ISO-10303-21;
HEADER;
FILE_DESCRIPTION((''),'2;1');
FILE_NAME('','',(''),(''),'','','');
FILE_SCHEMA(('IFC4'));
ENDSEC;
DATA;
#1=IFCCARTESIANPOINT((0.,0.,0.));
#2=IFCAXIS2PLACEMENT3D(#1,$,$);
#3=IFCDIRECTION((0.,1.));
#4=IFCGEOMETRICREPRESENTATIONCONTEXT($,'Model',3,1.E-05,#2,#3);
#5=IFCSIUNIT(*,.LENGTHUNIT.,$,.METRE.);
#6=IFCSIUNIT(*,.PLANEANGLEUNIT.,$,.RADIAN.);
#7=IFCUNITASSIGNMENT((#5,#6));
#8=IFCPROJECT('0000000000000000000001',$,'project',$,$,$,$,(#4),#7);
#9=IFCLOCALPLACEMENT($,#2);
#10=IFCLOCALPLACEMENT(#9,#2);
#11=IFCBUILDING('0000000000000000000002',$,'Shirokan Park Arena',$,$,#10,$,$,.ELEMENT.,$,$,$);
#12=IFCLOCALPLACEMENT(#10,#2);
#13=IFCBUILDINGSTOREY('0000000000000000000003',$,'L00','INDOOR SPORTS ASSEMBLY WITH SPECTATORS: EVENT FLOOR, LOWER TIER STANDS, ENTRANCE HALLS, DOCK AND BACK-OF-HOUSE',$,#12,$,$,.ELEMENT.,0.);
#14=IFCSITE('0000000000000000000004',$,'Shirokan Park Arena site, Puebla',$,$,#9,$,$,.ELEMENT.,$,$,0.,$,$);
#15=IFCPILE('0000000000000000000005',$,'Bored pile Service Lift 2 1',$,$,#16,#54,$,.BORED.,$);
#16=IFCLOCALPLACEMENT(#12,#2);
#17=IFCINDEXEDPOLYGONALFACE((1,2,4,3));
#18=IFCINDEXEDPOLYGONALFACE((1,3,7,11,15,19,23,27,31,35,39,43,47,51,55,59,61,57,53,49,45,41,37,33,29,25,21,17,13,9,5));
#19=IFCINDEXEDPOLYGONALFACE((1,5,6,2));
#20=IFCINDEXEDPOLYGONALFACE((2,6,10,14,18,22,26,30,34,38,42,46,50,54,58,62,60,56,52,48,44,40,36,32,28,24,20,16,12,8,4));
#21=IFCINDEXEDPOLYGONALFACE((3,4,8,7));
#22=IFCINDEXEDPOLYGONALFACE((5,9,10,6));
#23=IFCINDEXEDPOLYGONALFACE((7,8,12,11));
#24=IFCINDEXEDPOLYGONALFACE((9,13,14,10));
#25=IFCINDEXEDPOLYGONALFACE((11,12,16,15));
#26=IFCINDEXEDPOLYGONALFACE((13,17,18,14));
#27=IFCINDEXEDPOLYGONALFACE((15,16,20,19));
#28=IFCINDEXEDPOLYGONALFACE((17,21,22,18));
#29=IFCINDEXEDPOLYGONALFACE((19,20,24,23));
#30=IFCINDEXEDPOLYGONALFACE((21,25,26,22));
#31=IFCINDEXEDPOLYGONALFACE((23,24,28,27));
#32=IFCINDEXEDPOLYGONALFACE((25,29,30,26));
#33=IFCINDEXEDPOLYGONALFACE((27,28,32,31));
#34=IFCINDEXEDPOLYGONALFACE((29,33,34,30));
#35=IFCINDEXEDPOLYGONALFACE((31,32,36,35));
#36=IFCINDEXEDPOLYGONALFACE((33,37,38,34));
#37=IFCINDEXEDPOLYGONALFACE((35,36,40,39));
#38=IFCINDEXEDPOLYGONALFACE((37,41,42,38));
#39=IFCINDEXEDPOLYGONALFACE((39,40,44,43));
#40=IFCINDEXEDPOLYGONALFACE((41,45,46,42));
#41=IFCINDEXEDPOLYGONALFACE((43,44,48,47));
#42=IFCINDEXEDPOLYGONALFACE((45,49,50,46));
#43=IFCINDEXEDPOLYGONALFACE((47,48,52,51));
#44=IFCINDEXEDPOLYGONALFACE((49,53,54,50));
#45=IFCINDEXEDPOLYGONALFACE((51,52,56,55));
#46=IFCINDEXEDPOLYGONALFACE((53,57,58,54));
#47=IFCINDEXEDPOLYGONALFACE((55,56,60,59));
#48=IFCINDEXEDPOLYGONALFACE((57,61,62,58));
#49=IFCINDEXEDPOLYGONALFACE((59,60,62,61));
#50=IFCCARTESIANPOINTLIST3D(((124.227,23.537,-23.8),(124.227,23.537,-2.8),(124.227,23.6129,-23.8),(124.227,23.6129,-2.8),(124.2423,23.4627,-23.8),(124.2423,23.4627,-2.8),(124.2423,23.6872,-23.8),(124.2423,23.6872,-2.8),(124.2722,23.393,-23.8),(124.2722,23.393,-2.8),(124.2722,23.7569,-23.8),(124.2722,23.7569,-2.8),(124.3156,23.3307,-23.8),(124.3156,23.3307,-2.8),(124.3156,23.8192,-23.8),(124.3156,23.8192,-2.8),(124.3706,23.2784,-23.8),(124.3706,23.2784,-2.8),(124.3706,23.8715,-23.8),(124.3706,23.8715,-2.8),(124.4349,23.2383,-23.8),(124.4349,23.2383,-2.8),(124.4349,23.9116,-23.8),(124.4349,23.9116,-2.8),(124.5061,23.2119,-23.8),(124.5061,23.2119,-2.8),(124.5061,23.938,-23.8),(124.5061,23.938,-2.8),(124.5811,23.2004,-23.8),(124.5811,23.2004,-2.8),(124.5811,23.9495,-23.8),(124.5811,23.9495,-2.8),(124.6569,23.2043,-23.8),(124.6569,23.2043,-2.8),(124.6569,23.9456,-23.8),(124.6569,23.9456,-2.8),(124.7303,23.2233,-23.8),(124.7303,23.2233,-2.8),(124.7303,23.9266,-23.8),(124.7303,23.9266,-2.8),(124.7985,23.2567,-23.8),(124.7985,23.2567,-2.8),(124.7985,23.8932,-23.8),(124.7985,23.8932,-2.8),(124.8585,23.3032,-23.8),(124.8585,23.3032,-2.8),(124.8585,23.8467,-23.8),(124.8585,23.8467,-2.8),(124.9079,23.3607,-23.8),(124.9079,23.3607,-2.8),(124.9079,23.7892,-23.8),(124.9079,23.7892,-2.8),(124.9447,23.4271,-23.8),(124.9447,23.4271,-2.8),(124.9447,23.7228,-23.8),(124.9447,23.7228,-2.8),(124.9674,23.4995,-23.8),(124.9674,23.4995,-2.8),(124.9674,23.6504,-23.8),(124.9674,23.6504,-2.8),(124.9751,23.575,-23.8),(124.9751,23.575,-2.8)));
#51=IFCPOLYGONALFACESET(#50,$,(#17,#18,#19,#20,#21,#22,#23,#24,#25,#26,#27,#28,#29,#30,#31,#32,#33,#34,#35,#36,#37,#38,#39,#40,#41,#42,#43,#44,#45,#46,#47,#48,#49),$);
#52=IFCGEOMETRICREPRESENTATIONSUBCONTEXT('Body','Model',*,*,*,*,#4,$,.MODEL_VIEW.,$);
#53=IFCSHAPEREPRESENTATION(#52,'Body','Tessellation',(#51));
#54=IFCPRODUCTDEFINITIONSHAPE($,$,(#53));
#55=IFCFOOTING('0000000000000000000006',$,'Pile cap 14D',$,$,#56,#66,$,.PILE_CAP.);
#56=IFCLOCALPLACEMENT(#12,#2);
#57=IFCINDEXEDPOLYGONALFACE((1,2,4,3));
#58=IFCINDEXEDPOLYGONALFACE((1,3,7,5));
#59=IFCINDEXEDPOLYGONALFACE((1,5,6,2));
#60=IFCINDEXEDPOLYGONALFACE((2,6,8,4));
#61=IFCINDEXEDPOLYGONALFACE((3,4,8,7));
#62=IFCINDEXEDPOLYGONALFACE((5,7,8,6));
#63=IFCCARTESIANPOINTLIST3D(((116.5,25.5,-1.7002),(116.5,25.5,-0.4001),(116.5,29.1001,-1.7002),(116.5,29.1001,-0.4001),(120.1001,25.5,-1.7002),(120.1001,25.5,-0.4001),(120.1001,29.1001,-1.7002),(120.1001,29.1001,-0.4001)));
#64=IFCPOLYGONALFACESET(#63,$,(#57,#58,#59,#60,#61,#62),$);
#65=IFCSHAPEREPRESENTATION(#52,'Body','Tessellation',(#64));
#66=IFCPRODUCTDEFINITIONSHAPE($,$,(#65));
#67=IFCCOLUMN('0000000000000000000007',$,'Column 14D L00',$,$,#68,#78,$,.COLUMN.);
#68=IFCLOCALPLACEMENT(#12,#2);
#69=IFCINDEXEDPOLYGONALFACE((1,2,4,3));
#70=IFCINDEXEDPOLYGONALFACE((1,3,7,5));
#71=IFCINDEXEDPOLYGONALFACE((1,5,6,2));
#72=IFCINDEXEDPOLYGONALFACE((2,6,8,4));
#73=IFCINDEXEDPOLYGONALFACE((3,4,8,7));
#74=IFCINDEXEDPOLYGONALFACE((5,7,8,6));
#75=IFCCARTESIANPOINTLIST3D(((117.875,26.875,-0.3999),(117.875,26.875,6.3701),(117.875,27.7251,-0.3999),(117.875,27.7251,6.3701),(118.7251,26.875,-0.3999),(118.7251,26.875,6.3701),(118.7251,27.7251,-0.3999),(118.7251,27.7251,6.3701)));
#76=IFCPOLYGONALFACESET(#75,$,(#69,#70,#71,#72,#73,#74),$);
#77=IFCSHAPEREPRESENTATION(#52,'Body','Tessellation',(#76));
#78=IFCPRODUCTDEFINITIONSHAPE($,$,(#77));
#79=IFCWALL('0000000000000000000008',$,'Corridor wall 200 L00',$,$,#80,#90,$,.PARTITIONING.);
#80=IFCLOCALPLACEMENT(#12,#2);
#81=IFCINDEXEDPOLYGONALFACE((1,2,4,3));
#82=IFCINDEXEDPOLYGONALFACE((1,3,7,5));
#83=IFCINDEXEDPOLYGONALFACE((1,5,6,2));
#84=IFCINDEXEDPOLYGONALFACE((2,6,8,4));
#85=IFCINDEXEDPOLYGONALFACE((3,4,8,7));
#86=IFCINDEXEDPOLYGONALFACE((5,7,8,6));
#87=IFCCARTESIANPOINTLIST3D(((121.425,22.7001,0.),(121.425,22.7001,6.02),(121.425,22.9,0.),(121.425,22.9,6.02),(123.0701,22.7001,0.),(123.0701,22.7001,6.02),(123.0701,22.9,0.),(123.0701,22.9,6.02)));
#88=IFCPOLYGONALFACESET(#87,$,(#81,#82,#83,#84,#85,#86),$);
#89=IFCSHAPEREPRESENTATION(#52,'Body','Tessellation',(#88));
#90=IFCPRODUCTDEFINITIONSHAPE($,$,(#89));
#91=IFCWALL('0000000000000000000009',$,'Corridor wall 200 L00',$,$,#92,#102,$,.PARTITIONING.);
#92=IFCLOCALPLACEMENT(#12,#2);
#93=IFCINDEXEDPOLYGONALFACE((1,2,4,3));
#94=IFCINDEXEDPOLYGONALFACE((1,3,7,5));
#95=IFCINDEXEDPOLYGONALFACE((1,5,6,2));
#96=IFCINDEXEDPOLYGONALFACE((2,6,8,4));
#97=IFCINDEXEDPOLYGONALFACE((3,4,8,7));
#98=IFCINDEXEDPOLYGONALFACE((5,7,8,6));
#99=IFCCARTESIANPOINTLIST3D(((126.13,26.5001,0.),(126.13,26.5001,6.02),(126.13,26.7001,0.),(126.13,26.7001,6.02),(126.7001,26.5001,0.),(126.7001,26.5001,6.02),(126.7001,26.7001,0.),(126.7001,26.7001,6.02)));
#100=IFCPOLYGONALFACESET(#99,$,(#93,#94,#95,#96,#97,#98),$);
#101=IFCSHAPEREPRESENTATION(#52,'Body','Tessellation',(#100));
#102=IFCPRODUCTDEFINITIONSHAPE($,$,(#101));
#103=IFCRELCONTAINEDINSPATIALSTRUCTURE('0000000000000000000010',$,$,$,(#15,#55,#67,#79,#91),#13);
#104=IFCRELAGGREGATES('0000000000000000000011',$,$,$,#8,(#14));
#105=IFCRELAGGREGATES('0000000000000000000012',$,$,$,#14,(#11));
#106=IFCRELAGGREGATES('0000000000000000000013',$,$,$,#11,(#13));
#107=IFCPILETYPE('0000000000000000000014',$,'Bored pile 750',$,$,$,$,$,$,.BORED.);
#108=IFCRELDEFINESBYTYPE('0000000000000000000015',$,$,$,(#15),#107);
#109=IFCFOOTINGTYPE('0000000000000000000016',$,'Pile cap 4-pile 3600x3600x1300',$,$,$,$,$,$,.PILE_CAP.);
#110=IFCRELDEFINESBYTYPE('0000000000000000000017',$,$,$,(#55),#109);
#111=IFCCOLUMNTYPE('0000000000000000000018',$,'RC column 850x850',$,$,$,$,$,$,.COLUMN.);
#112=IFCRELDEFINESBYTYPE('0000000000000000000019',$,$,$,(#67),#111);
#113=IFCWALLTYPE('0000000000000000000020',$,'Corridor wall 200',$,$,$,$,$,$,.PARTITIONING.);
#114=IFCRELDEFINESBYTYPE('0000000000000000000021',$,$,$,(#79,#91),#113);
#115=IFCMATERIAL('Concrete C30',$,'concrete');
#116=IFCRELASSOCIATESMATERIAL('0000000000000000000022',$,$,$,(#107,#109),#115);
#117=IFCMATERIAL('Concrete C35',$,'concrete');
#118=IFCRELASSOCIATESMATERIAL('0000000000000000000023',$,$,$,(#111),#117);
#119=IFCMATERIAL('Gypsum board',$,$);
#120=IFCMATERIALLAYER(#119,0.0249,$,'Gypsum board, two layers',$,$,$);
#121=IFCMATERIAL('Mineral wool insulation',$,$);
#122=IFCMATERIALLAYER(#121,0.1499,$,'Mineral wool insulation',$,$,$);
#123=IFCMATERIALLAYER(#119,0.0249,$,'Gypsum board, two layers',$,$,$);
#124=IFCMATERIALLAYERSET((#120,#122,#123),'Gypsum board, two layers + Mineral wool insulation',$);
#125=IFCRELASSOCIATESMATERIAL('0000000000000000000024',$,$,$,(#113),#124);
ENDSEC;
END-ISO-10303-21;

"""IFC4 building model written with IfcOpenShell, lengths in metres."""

from ifc_helpers import new_model, si_unit, direction, frame, frame_2d, origin, origin_2d, place, context, subcontext, project, spatial, rectangle, circle, extrude, material, layer, layer_set, material_profile, profile_set, type_object, element, save


model = new_model("IFC4")

# Units and contexts
model_context = context("Model", 3, precision=1e-05, world=origin(), true_north=direction((0.0, 1.0)))
body_context = subcontext(model_context, "Body", "Model", "MODEL_VIEW")
ifc_project = project(units=[si_unit("LENGTHUNIT", "METRE"), si_unit("PLANEANGLEUNIT", "RADIAN")], contexts=[model_context])

# Site, building, storey
site_placement = place(None, origin())
site = spatial("IfcSite", under=ifc_project, at=site_placement, Name="Shirokan Park Arena site, Puebla", CompositionType="ELEMENT", RefElevation=0.0)
building_placement = place(site_placement, origin())
building = spatial("IfcBuilding", under=site, at=building_placement, Name="Shirokan Park Arena", CompositionType="ELEMENT")
storey_placement = place(building_placement, origin())
storey = spatial("IfcBuildingStorey", under=building, at=storey_placement, Name="L00", Description="INDOOR SPORTS ASSEMBLY WITH SPECTATORS: EVENT FLOOR, LOWER TIER STANDS, ENTRANCE HALLS, DOCK AND BACK-OF-HOUSE", CompositionType="ELEMENT", Elevation=0.0)

# Pile
ifc_material_1 = material(Name="Concrete C30", Category="concrete")
ifc_material_profile_1 = material_profile(ifc_material_1, circle(Radius=0.375, at=origin_2d()), Name="D750")
ifc_profile_set_1 = profile_set([ifc_material_profile_1], Name="Concrete C30")
pile_type_1 = type_object("IfcPileType", Name="Bored pile 750", PredefinedType="BORED", material=ifc_profile_set_1)
for number, where, z_axis, x_axis, name in (
    (1, (124.6001, 23.575, -2.8), (0.0, 0.0, -1.0), (1.0, 0.0, 0.0), "Bored pile Service Lift 2 1"),
):
    element("IfcPile", number, at=place(storey_placement, frame(where, z_axis=z_axis, x_axis=x_axis)), inside=storey, type_object=pile_type_1, Name=name, PredefinedType="BORED", context=body_context, shape_type="SweptSolid", body=[
        extrude(circle(Radius=0.375, at=origin_2d()), origin(), (0.0, 0.0, 1.0), 21.0),
    ])

# Footing
footing_type = type_object("IfcFootingType", Name="Pile cap 4-pile 3600x3600x1300", PredefinedType="PILE_CAP", material=ifc_material_1)
footing_placement = place(storey_placement, frame((118.3, 27.3, -1.7002), z_axis=(0.0, 0.0, 1.0), x_axis=(1.0, 0.0, 0.0)))
element("IfcFooting", 2, at=footing_placement, inside=storey, type_object=footing_type, Name="Pile cap 14D", PredefinedType="PILE_CAP", context=body_context, shape_type="SweptSolid", body=[
    extrude(rectangle(XDim=3.6001, YDim=3.6001, at=origin_2d()), origin(), (0.0, 0.0, 1.0), 1.3),
])

# Column
ifc_material_2 = material(Name="Concrete C35", Category="concrete")
ifc_material_profile_2 = material_profile(ifc_material_2, rectangle(XDim=0.8501, YDim=0.8501, at=origin_2d()), Name="850x850")
ifc_profile_set_2 = profile_set([ifc_material_profile_2], Name="Concrete C35")
column_type = type_object("IfcColumnType", Name="RC column 850x850", PredefinedType="COLUMN", material=ifc_profile_set_2)
column_placement = place(storey_placement, frame((118.3, 27.3, -0.3999), z_axis=(0.0, 0.0, 1.0), x_axis=(1.0, 0.0, 0.0)))
element("IfcColumn", 3, at=column_placement, inside=storey, type_object=column_type, Name="Column 14D L00", PredefinedType="COLUMN", context=body_context, shape_type="SweptSolid", body=[
    extrude(rectangle(XDim=0.8501, YDim=0.8501, at=origin_2d()), origin(), (0.0, 0.0, 1.0), 6.77),
])

# Walls
ifc_material_3 = material(Name="Gypsum board")
ifc_layer_1 = layer(ifc_material_3, 0.0249, Name="Gypsum board, two layers")
ifc_material_4 = material(Name="Mineral wool insulation")
ifc_layer_2 = layer(ifc_material_4, 0.1499, Name="Mineral wool insulation")
ifc_layer_3 = layer(ifc_material_3, 0.0249, Name="Gypsum board, two layers")
ifc_layer_set_1 = layer_set([ifc_layer_1, ifc_layer_2, ifc_layer_3], Name="Gypsum board, two layers + Mineral wool insulation")
wall_type_1 = type_object("IfcWallType", Name="Corridor wall 200", PredefinedType="PARTITIONING", material=ifc_layer_set_1)
wall_1_placement = place(storey_placement, frame((121.425, 22.8, 0.0), z_axis=(0.0, 0.0, 1.0), x_axis=(1.0, 0.0, 0.0)))
element("IfcWall", 4, at=wall_1_placement, inside=storey, type_object=wall_type_1, Name="Corridor wall 200 L00", PredefinedType="PARTITIONING", context=body_context, shape_type="SweptSolid", body=[
    extrude(rectangle(XDim=1.645, YDim=0.2, at=frame_2d((0.8225, 0.0))), origin(), (0.0, 0.0, 1.0), 6.02),
])
wall_2_placement = place(storey_placement, frame((126.1299, 26.6001, 0.0), z_axis=(0.0, 0.0, 1.0), x_axis=(1.0, 0.0, 0.0)))
element("IfcWall", 5, at=wall_2_placement, inside=storey, type_object=wall_type_1, Name="Corridor wall 200 L00", PredefinedType="PARTITIONING", context=body_context, shape_type="SweptSolid", body=[
    extrude(rectangle(XDim=0.5701, YDim=0.2, at=frame_2d((0.2852, 0.0))), origin(), (0.0, 0.0, 1.0), 6.02),
])

save(model, "model.ifc")
